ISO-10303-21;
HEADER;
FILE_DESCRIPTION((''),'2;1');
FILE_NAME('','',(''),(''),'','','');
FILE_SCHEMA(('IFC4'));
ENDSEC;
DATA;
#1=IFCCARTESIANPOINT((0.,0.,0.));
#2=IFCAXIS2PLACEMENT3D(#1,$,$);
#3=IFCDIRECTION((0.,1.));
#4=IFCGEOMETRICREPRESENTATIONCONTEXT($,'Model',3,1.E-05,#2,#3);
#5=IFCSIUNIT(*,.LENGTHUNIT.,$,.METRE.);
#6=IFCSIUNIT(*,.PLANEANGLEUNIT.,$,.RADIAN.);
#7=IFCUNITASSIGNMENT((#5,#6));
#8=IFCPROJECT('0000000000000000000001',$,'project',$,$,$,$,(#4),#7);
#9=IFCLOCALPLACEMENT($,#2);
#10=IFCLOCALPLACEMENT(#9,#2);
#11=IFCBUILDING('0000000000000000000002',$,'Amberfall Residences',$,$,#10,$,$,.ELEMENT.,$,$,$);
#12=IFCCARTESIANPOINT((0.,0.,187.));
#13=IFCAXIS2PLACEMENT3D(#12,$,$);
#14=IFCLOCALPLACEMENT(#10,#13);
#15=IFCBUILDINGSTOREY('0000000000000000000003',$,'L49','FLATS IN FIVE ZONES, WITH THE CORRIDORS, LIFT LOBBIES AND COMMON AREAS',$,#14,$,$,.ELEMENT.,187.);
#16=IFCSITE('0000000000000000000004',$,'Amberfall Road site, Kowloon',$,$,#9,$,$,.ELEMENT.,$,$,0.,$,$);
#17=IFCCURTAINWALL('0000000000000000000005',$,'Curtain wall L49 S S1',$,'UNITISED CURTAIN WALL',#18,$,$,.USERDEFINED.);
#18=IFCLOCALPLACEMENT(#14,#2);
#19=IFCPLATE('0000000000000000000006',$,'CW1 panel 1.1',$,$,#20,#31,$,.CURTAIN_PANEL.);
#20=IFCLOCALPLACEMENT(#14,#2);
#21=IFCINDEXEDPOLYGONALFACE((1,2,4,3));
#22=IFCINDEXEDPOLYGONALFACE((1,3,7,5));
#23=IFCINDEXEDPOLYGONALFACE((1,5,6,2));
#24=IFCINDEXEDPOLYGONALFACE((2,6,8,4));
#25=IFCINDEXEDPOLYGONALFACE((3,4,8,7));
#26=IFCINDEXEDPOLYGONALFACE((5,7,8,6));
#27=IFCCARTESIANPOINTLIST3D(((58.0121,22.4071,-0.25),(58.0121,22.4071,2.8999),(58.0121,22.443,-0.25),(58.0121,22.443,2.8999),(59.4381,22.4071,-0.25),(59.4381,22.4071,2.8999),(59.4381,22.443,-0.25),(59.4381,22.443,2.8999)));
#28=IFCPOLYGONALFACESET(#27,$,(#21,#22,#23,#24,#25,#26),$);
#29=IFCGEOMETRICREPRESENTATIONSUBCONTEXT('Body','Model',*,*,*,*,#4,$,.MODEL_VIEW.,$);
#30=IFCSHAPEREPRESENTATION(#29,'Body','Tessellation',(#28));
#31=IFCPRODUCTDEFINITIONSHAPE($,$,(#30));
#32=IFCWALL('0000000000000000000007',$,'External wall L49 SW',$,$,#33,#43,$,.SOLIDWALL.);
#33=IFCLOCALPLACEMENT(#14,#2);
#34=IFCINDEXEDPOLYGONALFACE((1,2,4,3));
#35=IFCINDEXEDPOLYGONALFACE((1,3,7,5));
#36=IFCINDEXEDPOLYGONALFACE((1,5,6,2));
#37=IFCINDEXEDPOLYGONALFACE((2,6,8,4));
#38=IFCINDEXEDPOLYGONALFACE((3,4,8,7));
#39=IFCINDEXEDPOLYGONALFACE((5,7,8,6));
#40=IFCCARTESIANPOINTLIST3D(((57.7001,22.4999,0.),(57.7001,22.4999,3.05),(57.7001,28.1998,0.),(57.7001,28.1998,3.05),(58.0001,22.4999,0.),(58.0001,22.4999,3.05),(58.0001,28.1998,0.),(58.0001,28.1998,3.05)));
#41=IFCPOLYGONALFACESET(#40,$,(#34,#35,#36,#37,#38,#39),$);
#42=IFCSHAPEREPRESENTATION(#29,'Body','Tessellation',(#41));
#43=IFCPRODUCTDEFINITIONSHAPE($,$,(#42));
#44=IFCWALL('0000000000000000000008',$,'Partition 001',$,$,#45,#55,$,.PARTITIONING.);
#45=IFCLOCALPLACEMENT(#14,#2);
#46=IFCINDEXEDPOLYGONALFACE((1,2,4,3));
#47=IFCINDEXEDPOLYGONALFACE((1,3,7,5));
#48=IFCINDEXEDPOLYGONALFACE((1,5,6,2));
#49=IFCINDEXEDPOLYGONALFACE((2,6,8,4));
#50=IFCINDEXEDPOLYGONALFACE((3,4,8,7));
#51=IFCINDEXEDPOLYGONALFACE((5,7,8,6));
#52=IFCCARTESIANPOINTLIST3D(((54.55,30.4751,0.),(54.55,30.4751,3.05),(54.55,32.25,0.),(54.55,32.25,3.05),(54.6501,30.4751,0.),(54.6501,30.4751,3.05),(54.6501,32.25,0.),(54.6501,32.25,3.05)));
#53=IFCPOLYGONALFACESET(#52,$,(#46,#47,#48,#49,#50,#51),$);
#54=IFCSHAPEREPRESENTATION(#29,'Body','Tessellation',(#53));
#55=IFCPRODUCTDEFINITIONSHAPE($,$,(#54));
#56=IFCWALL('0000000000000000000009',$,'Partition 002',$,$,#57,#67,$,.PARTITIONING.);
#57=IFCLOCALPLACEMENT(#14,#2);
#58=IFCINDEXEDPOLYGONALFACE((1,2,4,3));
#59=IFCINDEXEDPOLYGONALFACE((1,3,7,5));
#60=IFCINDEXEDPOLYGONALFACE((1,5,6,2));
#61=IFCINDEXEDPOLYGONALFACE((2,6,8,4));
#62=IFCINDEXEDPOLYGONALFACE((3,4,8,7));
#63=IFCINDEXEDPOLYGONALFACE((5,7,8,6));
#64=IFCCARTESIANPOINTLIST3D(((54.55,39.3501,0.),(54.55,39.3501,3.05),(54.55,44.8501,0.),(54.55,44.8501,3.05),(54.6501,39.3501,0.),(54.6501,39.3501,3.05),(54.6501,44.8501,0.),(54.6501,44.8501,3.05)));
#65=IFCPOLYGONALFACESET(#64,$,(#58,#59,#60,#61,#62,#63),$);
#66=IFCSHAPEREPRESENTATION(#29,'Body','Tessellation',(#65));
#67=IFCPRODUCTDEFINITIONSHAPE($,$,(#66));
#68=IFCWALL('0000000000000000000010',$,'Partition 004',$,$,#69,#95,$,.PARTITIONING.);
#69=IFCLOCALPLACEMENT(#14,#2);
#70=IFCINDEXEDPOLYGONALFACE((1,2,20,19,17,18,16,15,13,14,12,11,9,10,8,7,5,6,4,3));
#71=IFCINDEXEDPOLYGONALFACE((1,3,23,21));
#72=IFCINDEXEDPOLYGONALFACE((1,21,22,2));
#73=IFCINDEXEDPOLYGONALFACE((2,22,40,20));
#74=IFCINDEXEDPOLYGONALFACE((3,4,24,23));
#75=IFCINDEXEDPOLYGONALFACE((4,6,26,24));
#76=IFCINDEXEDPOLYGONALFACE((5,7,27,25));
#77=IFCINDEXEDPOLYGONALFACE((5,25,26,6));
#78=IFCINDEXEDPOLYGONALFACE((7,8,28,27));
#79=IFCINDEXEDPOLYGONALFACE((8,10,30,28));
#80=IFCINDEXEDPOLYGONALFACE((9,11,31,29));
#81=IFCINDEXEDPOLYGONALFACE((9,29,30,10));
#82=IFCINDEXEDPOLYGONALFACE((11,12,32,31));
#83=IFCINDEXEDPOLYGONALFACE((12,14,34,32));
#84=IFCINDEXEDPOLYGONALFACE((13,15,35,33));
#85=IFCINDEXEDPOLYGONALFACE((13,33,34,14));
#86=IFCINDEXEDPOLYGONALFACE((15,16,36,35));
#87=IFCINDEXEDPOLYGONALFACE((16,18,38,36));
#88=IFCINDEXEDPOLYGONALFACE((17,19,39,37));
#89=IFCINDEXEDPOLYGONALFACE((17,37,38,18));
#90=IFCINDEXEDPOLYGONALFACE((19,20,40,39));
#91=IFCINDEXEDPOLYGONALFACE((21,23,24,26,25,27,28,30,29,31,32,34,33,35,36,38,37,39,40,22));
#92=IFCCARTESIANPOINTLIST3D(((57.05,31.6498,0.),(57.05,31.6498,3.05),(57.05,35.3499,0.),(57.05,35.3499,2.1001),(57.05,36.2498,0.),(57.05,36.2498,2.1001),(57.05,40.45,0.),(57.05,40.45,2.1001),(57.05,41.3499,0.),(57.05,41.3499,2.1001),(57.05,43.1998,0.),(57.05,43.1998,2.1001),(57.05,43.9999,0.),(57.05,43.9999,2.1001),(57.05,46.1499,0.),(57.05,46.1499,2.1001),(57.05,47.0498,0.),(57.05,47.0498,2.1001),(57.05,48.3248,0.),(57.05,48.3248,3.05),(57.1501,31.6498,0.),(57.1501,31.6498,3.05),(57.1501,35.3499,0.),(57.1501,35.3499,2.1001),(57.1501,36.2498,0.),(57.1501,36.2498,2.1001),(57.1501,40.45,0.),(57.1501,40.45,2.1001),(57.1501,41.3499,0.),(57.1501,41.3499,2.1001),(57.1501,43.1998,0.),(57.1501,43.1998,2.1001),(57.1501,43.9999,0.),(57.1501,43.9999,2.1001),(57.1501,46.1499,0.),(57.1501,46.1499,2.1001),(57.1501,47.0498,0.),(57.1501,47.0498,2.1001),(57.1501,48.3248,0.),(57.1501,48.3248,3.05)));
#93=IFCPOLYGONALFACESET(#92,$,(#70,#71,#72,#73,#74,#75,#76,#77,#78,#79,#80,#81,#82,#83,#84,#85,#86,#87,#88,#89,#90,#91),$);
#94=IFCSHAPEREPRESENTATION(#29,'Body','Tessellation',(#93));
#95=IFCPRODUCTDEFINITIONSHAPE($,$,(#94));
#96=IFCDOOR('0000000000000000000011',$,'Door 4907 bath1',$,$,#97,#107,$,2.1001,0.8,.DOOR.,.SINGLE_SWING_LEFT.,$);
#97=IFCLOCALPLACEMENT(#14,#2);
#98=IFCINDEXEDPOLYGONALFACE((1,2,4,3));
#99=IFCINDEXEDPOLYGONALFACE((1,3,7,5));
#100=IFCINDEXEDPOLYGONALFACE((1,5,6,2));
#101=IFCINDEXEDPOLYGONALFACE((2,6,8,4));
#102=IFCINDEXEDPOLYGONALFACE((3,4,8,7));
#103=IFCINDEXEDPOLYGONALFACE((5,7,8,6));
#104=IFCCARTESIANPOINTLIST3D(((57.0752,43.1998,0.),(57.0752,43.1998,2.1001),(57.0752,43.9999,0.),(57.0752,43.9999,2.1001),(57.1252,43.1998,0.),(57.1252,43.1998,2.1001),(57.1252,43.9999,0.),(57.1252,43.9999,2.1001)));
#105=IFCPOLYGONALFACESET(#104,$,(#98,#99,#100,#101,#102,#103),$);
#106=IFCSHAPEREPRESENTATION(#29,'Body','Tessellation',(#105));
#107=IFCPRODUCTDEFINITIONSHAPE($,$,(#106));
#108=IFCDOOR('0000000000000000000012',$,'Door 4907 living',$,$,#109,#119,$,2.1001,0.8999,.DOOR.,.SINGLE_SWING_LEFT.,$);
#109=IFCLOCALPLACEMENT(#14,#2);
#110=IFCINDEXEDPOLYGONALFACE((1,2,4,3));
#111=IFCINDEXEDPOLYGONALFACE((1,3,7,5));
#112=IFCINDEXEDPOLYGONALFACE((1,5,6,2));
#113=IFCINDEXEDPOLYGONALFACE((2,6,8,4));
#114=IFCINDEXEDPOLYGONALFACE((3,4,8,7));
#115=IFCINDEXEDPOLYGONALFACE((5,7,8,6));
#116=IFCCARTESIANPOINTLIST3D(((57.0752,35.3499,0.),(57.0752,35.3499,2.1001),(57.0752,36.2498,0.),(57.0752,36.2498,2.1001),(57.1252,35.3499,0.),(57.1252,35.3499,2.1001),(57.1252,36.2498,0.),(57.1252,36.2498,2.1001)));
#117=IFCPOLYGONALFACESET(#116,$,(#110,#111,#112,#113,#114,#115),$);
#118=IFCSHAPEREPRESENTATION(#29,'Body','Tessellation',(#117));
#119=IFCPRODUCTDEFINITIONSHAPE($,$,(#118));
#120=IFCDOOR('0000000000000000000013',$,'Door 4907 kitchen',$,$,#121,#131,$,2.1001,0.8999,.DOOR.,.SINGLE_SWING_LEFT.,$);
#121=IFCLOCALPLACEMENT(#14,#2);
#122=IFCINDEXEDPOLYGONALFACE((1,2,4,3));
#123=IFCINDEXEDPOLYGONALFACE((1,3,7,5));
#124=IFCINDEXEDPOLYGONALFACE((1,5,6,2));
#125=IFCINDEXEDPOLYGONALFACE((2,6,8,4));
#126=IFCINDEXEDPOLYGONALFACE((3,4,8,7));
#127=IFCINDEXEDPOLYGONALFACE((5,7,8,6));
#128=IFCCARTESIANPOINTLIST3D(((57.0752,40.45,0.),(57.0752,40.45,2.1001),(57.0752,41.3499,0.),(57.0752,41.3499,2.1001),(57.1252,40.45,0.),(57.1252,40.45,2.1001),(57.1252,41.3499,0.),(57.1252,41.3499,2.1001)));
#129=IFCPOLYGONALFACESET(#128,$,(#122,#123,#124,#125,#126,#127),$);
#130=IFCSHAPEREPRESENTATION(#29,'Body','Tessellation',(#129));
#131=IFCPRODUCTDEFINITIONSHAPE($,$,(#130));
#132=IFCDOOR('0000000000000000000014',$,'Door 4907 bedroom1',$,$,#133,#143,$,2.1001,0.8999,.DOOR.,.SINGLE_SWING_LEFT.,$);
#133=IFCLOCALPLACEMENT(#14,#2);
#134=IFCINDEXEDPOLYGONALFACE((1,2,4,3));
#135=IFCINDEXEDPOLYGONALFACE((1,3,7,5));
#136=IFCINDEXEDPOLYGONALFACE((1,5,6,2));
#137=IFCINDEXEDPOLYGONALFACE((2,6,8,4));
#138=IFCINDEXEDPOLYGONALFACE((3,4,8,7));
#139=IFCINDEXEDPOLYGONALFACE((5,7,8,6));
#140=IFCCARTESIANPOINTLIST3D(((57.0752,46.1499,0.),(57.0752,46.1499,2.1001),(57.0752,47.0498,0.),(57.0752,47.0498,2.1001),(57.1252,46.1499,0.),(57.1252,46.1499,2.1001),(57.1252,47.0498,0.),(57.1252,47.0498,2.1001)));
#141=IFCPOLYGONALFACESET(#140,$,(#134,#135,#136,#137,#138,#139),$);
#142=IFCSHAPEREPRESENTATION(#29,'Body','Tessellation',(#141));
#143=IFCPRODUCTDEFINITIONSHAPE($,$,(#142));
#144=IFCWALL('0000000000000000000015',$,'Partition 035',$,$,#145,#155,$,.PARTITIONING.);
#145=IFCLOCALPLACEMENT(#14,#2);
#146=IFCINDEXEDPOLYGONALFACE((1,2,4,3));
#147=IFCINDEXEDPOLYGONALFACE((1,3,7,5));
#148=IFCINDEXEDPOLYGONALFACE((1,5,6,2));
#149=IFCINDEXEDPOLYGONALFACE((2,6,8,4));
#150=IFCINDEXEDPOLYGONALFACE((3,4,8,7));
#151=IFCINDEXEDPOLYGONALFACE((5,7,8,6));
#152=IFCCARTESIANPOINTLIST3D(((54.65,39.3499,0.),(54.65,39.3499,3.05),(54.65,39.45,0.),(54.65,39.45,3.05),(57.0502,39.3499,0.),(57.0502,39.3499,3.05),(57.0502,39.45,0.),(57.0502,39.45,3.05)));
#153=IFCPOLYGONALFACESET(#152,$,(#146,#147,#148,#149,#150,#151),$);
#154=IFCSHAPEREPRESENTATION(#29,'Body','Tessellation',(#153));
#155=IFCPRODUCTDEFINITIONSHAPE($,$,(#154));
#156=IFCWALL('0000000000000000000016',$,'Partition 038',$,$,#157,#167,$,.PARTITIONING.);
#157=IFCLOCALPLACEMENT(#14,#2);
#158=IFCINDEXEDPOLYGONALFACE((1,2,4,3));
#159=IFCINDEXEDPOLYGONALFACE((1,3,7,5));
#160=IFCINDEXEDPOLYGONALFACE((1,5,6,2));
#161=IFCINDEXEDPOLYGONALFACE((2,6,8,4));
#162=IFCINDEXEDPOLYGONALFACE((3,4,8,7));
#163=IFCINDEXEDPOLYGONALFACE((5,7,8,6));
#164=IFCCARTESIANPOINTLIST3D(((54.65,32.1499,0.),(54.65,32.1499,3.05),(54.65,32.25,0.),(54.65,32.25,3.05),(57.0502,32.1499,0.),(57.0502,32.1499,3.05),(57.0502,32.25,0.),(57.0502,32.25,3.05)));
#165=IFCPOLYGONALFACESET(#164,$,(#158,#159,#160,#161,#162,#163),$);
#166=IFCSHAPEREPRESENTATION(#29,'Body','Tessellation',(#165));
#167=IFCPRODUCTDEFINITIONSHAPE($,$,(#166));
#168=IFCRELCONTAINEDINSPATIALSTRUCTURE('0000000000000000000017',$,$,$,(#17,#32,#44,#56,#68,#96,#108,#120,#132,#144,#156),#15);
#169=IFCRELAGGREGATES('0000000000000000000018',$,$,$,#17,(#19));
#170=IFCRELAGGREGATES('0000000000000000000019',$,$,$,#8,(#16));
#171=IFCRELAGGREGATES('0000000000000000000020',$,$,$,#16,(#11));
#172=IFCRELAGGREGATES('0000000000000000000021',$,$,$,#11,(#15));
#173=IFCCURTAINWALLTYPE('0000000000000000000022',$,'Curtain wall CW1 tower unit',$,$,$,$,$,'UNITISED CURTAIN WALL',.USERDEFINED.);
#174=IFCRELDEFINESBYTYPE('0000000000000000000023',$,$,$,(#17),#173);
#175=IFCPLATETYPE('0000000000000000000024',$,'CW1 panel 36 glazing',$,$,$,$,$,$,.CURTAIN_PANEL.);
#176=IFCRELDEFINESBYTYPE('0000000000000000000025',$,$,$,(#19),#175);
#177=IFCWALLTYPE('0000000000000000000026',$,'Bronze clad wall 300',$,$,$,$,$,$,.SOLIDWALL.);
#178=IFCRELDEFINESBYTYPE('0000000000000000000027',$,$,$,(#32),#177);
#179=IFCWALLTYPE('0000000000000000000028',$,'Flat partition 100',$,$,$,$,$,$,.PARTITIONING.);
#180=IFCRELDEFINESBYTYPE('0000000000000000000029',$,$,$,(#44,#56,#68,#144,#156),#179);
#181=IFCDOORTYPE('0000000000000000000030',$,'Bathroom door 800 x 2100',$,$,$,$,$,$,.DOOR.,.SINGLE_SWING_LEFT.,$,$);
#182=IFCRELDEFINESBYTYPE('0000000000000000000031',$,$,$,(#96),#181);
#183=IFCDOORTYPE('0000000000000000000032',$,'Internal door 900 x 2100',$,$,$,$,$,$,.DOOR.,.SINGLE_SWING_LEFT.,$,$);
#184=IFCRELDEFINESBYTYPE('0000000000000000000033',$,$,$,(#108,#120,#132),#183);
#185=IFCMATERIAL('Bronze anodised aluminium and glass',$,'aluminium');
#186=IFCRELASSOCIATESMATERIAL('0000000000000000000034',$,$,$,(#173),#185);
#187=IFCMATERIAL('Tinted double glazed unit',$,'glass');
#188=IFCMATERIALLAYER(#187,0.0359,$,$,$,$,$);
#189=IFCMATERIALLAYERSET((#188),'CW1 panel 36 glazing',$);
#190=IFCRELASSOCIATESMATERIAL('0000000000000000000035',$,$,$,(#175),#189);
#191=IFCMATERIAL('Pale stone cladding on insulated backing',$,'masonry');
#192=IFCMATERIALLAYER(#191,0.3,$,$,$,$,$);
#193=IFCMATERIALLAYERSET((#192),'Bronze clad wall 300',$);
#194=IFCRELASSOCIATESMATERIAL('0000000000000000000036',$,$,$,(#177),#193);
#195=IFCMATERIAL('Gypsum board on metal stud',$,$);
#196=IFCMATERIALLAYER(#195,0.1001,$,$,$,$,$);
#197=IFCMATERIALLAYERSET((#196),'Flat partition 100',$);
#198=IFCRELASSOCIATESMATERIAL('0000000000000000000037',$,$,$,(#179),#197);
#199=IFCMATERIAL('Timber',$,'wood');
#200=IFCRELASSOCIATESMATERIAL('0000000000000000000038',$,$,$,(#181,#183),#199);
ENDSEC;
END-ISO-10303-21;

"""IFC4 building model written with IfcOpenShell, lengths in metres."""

from ifc_helpers import new_model, si_unit, direction, frame, frame_2d, origin, origin_2d, place, context, subcontext, project, spatial, rectangle, extrude, material, layer, layer_set, type_object, element, fill, aggregate, save


model = new_model("IFC4")

# Units and contexts
model_context = context("Model", 3, precision=1e-05, world=origin(), true_north=direction((0.0, 1.0)))
body_context = subcontext(model_context, "Body", "Model", "MODEL_VIEW")
ifc_project = project(units=[si_unit("LENGTHUNIT", "METRE"), si_unit("PLANEANGLEUNIT", "RADIAN")], contexts=[model_context])

# Site, building, storey
site_placement = place(None, origin())
site = spatial("IfcSite", under=ifc_project, at=site_placement, Name="Amberfall Road site, Kowloon", CompositionType="ELEMENT", RefElevation=0.0)
building_placement = place(site_placement, origin())
building = spatial("IfcBuilding", under=site, at=building_placement, Name="Amberfall Residences", CompositionType="ELEMENT")
storey_placement = place(building_placement, frame((0.0, 0.0, 187.0)))
storey = spatial("IfcBuildingStorey", under=building, at=storey_placement, Name="L49", Description="FLATS IN FIVE ZONES, WITH THE CORRIDORS, LIFT LOBBIES AND COMMON AREAS", CompositionType="ELEMENT", Elevation=187.0)

# Curtain wall
ifc_material_1 = material(Name="Bronze anodised aluminium and glass", Category="aluminium")
curtain_wall_type = type_object("IfcCurtainWallType", Name="Curtain wall CW1 tower unit", ElementType="UNITISED CURTAIN WALL", PredefinedType="USERDEFINED", material=ifc_material_1)
curtain_wall_placement = place(storey_placement, origin())
curtain_wall = element("IfcCurtainWall", 1, at=curtain_wall_placement, inside=storey, type_object=curtain_wall_type, Name="Curtain wall L49 S S1", ObjectType="UNITISED CURTAIN WALL", PredefinedType="USERDEFINED")

# Plate
ifc_material_2 = material(Name="Tinted double glazed unit", Category="glass")
ifc_layer_1 = layer(ifc_material_2, 0.0359)
ifc_layer_set_1 = layer_set([ifc_layer_1], Name="CW1 panel 36 glazing")
plate_type = type_object("IfcPlateType", Name="CW1 panel 36 glazing", PredefinedType="CURTAIN_PANEL", material=ifc_layer_set_1)
plate_placement = place(storey_placement, frame((58.7251, 22.425, -0.25), z_axis=(0.0, 0.0, 1.0), x_axis=(1.0, 0.0, 0.0)))
plate = element("IfcPlate", 2, at=plate_placement, type_object=plate_type, Name="CW1 panel 1.1", PredefinedType="CURTAIN_PANEL", context=body_context, shape_type="SweptSolid", body=[
    extrude(rectangle(XDim=1.426, YDim=0.0359, at=origin_2d()), origin(), (0.0, 0.0, 1.0), 3.1499),
])
aggregate(curtain_wall, [plate])

# Walls
ifc_material_3 = material(Name="Pale stone cladding on insulated backing", Category="masonry")
ifc_layer_2 = layer(ifc_material_3, 0.3)
ifc_layer_set_2 = layer_set([ifc_layer_2], Name="Bronze clad wall 300")
wall_type_1 = type_object("IfcWallType", Name="Bronze clad wall 300", PredefinedType="SOLIDWALL", material=ifc_layer_set_2)
wall_1_placement = place(storey_placement, frame((57.8501, 28.2, 0.0), z_axis=(0.0, 0.0, 1.0), x_axis=(0.0, -1.0, 0.0)))
element("IfcWall", 3, at=wall_1_placement, inside=storey, type_object=wall_type_1, Name="External wall L49 SW", PredefinedType="SOLIDWALL", context=body_context, shape_type="SweptSolid", body=[
    extrude(rectangle(XDim=5.7, YDim=0.3, at=frame_2d((2.8501, 0.0))), origin(), (0.0, 0.0, 1.0), 3.05),
])
ifc_material_4 = material(Name="Gypsum board on metal stud")
ifc_layer_3 = layer(ifc_material_4, 0.1001)
ifc_layer_set_3 = layer_set([ifc_layer_3], Name="Flat partition 100")
wall_type_2 = type_object("IfcWallType", Name="Flat partition 100", PredefinedType="PARTITIONING", material=ifc_layer_set_3)
wall_2_placement = place(storey_placement, frame((54.6001, 30.4751, 0.0), z_axis=(0.0, 0.0, 1.0), x_axis=(0.0, 1.0, 0.0)))
element("IfcWall", 4, at=wall_2_placement, inside=storey, type_object=wall_type_2, Name="Partition 001", PredefinedType="PARTITIONING", context=body_context, shape_type="SweptSolid", body=[
    extrude(rectangle(XDim=1.7749, YDim=0.1001, at=frame_2d((0.8875, 0.0))), origin(), (0.0, 0.0, 1.0), 3.05),
])
wall_3_placement = place(storey_placement, frame((54.6001, 39.3501, 0.0), z_axis=(0.0, 0.0, 1.0), x_axis=(0.0, 1.0, 0.0)))
element("IfcWall", 5, at=wall_3_placement, inside=storey, type_object=wall_type_2, Name="Partition 002", PredefinedType="PARTITIONING", context=body_context, shape_type="SweptSolid", body=[
    extrude(rectangle(XDim=5.5, YDim=0.1001, at=frame_2d((2.75, 0.0))), origin(), (0.0, 0.0, 1.0), 3.05),
])

# Wall, openings, doors
wall_4_placement = place(storey_placement, frame((57.1001, 31.6499, 0.0), z_axis=(0.0, 0.0, 1.0), x_axis=(0.0, 1.0, 0.0)))
wall_4 = element("IfcWall", 6, at=wall_4_placement, inside=storey, type_object=wall_type_2, Name="Partition 004", PredefinedType="PARTITIONING", context=body_context, shape_type="SweptSolid", body=[
    extrude(rectangle(XDim=16.675, YDim=0.1001, at=frame_2d((8.3374, 0.0))), origin(), (0.0, 0.0, 1.0), 3.05),
])
opening_1_placement = place(wall_4_placement, frame((3.7, 0.0, 0.0)))
opening_1 = element("IfcOpeningElement", 7, at=opening_1_placement, cuts=wall_4, PredefinedType="OPENING", context=body_context, shape_type="SweptSolid", body=[
    extrude(rectangle(XDim=0.8999, YDim=2.1001, at=frame_2d((0.45, 1.05))), frame((0.0, 0.0601, 0.0), z_axis=(0.0, -1.0, 0.0), x_axis=(1.0, 0.0, 0.0)), (0.0, 0.0, 1.0), 0.1201),
])
opening_2_placement = place(wall_4_placement, frame((8.8, 0.0, 0.0)))
opening_2 = element("IfcOpeningElement", 8, at=opening_2_placement, cuts=wall_4, PredefinedType="OPENING", context=body_context, shape_type="SweptSolid", body=[
    extrude(rectangle(XDim=0.8999, YDim=2.1001, at=frame_2d((0.45, 1.05))), frame((0.0, 0.0601, 0.0), z_axis=(0.0, -1.0, 0.0), x_axis=(1.0, 0.0, 0.0)), (0.0, 0.0, 1.0), 0.1201),
])
opening_3_placement = place(wall_4_placement, frame((14.5, 0.0, 0.0)))
opening_3 = element("IfcOpeningElement", 9, at=opening_3_placement, cuts=wall_4, PredefinedType="OPENING", context=body_context, shape_type="SweptSolid", body=[
    extrude(rectangle(XDim=0.8999, YDim=2.1001, at=frame_2d((0.45, 1.05))), frame((0.0, 0.0601, 0.0), z_axis=(0.0, -1.0, 0.0), x_axis=(1.0, 0.0, 0.0)), (0.0, 0.0, 1.0), 0.1201),
])
opening_4_placement = place(wall_4_placement, frame((11.55, 0.0, 0.0)))
opening_4 = element("IfcOpeningElement", 10, at=opening_4_placement, cuts=wall_4, PredefinedType="OPENING", context=body_context, shape_type="SweptSolid", body=[
    extrude(rectangle(XDim=0.8, YDim=2.1001, at=frame_2d((0.3999, 1.05))), frame((0.0, 0.0601, 0.0), z_axis=(0.0, -1.0, 0.0), x_axis=(1.0, 0.0, 0.0)), (0.0, 0.0, 1.0), 0.1201),
])
ifc_material_5 = material(Name="Timber", Category="wood")
door_type_1 = type_object("IfcDoorType", Name="Bathroom door 800 x 2100", OperationType="SINGLE_SWING_LEFT", PredefinedType="DOOR", material=ifc_material_5)
door_1_placement = place(opening_4_placement, origin())
door_1 = element("IfcDoor", 11, at=door_1_placement, inside=storey, type_object=door_type_1, Name="Door 4907 bath1", OperationType="SINGLE_SWING_LEFT", OverallHeight=2.1001, OverallWidth=0.8, PredefinedType="DOOR", context=body_context, shape_type="SweptSolid", body=[
    extrude(rectangle(XDim=0.8, YDim=2.1001, at=frame_2d((0.3999, 1.05))), frame((0.0, 0.0249, 0.0), z_axis=(0.0, -1.0, 0.0), x_axis=(1.0, 0.0, 0.0)), (0.0, 0.0, 1.0), 0.05),
])
fill(opening_4, door_1)
door_type_2 = type_object("IfcDoorType", Name="Internal door 900 x 2100", OperationType="SINGLE_SWING_LEFT", PredefinedType="DOOR", material=ifc_material_5)
door_2_placement = place(opening_1_placement, origin())
door_2 = element("IfcDoor", 12, at=door_2_placement, inside=storey, type_object=door_type_2, Name="Door 4907 living", OperationType="SINGLE_SWING_LEFT", OverallHeight=2.1001, OverallWidth=0.8999, PredefinedType="DOOR", context=body_context, shape_type="SweptSolid", body=[
    extrude(rectangle(XDim=0.8999, YDim=2.1001, at=frame_2d((0.45, 1.05))), frame((0.0, 0.0249, 0.0), z_axis=(0.0, -1.0, 0.0), x_axis=(1.0, 0.0, 0.0)), (0.0, 0.0, 1.0), 0.05),
])
fill(opening_1, door_2)
door_3_placement = place(opening_2_placement, origin())
door_3 = element("IfcDoor", 13, at=door_3_placement, inside=storey, type_object=door_type_2, Name="Door 4907 kitchen", OperationType="SINGLE_SWING_LEFT", OverallHeight=2.1001, OverallWidth=0.8999, PredefinedType="DOOR", context=body_context, shape_type="SweptSolid", body=[
    extrude(rectangle(XDim=0.8999, YDim=2.1001, at=frame_2d((0.45, 1.05))), frame((0.0, 0.0249, 0.0), z_axis=(0.0, -1.0, 0.0), x_axis=(1.0, 0.0, 0.0)), (0.0, 0.0, 1.0), 0.05),
])
fill(opening_2, door_3)
door_4_placement = place(opening_3_placement, origin())
door_4 = element("IfcDoor", 14, at=door_4_placement, inside=storey, type_object=door_type_2, Name="Door 4907 bedroom1", OperationType="SINGLE_SWING_LEFT", OverallHeight=2.1001, OverallWidth=0.8999, PredefinedType="DOOR", context=body_context, shape_type="SweptSolid", body=[
    extrude(rectangle(XDim=0.8999, YDim=2.1001, at=frame_2d((0.45, 1.05))), frame((0.0, 0.0249, 0.0), z_axis=(0.0, -1.0, 0.0), x_axis=(1.0, 0.0, 0.0)), (0.0, 0.0, 1.0), 0.05),
])
fill(opening_3, door_4)

# Walls
for number, where, z_axis, x_axis, name in (
    (15, (54.6499, 39.3999, 0.0), (0.0, 0.0, 1.0), (1.0, 0.0, 0.0), "Partition 035"),
    (16, (54.6499, 32.2, 0.0), (0.0, 0.0, 1.0), (1.0, 0.0, 0.0), "Partition 038"),
):
    element("IfcWall", number, at=place(storey_placement, frame(where, z_axis=z_axis, x_axis=x_axis)), inside=storey, type_object=wall_type_2, Name=name, PredefinedType="PARTITIONING", context=body_context, shape_type="SweptSolid", body=[
        extrude(rectangle(XDim=2.4001, YDim=0.1001, at=frame_2d((1.2002, 0.0))), origin(), (0.0, 0.0, 1.0), 3.05),
    ])

save(model, "model.ifc")
